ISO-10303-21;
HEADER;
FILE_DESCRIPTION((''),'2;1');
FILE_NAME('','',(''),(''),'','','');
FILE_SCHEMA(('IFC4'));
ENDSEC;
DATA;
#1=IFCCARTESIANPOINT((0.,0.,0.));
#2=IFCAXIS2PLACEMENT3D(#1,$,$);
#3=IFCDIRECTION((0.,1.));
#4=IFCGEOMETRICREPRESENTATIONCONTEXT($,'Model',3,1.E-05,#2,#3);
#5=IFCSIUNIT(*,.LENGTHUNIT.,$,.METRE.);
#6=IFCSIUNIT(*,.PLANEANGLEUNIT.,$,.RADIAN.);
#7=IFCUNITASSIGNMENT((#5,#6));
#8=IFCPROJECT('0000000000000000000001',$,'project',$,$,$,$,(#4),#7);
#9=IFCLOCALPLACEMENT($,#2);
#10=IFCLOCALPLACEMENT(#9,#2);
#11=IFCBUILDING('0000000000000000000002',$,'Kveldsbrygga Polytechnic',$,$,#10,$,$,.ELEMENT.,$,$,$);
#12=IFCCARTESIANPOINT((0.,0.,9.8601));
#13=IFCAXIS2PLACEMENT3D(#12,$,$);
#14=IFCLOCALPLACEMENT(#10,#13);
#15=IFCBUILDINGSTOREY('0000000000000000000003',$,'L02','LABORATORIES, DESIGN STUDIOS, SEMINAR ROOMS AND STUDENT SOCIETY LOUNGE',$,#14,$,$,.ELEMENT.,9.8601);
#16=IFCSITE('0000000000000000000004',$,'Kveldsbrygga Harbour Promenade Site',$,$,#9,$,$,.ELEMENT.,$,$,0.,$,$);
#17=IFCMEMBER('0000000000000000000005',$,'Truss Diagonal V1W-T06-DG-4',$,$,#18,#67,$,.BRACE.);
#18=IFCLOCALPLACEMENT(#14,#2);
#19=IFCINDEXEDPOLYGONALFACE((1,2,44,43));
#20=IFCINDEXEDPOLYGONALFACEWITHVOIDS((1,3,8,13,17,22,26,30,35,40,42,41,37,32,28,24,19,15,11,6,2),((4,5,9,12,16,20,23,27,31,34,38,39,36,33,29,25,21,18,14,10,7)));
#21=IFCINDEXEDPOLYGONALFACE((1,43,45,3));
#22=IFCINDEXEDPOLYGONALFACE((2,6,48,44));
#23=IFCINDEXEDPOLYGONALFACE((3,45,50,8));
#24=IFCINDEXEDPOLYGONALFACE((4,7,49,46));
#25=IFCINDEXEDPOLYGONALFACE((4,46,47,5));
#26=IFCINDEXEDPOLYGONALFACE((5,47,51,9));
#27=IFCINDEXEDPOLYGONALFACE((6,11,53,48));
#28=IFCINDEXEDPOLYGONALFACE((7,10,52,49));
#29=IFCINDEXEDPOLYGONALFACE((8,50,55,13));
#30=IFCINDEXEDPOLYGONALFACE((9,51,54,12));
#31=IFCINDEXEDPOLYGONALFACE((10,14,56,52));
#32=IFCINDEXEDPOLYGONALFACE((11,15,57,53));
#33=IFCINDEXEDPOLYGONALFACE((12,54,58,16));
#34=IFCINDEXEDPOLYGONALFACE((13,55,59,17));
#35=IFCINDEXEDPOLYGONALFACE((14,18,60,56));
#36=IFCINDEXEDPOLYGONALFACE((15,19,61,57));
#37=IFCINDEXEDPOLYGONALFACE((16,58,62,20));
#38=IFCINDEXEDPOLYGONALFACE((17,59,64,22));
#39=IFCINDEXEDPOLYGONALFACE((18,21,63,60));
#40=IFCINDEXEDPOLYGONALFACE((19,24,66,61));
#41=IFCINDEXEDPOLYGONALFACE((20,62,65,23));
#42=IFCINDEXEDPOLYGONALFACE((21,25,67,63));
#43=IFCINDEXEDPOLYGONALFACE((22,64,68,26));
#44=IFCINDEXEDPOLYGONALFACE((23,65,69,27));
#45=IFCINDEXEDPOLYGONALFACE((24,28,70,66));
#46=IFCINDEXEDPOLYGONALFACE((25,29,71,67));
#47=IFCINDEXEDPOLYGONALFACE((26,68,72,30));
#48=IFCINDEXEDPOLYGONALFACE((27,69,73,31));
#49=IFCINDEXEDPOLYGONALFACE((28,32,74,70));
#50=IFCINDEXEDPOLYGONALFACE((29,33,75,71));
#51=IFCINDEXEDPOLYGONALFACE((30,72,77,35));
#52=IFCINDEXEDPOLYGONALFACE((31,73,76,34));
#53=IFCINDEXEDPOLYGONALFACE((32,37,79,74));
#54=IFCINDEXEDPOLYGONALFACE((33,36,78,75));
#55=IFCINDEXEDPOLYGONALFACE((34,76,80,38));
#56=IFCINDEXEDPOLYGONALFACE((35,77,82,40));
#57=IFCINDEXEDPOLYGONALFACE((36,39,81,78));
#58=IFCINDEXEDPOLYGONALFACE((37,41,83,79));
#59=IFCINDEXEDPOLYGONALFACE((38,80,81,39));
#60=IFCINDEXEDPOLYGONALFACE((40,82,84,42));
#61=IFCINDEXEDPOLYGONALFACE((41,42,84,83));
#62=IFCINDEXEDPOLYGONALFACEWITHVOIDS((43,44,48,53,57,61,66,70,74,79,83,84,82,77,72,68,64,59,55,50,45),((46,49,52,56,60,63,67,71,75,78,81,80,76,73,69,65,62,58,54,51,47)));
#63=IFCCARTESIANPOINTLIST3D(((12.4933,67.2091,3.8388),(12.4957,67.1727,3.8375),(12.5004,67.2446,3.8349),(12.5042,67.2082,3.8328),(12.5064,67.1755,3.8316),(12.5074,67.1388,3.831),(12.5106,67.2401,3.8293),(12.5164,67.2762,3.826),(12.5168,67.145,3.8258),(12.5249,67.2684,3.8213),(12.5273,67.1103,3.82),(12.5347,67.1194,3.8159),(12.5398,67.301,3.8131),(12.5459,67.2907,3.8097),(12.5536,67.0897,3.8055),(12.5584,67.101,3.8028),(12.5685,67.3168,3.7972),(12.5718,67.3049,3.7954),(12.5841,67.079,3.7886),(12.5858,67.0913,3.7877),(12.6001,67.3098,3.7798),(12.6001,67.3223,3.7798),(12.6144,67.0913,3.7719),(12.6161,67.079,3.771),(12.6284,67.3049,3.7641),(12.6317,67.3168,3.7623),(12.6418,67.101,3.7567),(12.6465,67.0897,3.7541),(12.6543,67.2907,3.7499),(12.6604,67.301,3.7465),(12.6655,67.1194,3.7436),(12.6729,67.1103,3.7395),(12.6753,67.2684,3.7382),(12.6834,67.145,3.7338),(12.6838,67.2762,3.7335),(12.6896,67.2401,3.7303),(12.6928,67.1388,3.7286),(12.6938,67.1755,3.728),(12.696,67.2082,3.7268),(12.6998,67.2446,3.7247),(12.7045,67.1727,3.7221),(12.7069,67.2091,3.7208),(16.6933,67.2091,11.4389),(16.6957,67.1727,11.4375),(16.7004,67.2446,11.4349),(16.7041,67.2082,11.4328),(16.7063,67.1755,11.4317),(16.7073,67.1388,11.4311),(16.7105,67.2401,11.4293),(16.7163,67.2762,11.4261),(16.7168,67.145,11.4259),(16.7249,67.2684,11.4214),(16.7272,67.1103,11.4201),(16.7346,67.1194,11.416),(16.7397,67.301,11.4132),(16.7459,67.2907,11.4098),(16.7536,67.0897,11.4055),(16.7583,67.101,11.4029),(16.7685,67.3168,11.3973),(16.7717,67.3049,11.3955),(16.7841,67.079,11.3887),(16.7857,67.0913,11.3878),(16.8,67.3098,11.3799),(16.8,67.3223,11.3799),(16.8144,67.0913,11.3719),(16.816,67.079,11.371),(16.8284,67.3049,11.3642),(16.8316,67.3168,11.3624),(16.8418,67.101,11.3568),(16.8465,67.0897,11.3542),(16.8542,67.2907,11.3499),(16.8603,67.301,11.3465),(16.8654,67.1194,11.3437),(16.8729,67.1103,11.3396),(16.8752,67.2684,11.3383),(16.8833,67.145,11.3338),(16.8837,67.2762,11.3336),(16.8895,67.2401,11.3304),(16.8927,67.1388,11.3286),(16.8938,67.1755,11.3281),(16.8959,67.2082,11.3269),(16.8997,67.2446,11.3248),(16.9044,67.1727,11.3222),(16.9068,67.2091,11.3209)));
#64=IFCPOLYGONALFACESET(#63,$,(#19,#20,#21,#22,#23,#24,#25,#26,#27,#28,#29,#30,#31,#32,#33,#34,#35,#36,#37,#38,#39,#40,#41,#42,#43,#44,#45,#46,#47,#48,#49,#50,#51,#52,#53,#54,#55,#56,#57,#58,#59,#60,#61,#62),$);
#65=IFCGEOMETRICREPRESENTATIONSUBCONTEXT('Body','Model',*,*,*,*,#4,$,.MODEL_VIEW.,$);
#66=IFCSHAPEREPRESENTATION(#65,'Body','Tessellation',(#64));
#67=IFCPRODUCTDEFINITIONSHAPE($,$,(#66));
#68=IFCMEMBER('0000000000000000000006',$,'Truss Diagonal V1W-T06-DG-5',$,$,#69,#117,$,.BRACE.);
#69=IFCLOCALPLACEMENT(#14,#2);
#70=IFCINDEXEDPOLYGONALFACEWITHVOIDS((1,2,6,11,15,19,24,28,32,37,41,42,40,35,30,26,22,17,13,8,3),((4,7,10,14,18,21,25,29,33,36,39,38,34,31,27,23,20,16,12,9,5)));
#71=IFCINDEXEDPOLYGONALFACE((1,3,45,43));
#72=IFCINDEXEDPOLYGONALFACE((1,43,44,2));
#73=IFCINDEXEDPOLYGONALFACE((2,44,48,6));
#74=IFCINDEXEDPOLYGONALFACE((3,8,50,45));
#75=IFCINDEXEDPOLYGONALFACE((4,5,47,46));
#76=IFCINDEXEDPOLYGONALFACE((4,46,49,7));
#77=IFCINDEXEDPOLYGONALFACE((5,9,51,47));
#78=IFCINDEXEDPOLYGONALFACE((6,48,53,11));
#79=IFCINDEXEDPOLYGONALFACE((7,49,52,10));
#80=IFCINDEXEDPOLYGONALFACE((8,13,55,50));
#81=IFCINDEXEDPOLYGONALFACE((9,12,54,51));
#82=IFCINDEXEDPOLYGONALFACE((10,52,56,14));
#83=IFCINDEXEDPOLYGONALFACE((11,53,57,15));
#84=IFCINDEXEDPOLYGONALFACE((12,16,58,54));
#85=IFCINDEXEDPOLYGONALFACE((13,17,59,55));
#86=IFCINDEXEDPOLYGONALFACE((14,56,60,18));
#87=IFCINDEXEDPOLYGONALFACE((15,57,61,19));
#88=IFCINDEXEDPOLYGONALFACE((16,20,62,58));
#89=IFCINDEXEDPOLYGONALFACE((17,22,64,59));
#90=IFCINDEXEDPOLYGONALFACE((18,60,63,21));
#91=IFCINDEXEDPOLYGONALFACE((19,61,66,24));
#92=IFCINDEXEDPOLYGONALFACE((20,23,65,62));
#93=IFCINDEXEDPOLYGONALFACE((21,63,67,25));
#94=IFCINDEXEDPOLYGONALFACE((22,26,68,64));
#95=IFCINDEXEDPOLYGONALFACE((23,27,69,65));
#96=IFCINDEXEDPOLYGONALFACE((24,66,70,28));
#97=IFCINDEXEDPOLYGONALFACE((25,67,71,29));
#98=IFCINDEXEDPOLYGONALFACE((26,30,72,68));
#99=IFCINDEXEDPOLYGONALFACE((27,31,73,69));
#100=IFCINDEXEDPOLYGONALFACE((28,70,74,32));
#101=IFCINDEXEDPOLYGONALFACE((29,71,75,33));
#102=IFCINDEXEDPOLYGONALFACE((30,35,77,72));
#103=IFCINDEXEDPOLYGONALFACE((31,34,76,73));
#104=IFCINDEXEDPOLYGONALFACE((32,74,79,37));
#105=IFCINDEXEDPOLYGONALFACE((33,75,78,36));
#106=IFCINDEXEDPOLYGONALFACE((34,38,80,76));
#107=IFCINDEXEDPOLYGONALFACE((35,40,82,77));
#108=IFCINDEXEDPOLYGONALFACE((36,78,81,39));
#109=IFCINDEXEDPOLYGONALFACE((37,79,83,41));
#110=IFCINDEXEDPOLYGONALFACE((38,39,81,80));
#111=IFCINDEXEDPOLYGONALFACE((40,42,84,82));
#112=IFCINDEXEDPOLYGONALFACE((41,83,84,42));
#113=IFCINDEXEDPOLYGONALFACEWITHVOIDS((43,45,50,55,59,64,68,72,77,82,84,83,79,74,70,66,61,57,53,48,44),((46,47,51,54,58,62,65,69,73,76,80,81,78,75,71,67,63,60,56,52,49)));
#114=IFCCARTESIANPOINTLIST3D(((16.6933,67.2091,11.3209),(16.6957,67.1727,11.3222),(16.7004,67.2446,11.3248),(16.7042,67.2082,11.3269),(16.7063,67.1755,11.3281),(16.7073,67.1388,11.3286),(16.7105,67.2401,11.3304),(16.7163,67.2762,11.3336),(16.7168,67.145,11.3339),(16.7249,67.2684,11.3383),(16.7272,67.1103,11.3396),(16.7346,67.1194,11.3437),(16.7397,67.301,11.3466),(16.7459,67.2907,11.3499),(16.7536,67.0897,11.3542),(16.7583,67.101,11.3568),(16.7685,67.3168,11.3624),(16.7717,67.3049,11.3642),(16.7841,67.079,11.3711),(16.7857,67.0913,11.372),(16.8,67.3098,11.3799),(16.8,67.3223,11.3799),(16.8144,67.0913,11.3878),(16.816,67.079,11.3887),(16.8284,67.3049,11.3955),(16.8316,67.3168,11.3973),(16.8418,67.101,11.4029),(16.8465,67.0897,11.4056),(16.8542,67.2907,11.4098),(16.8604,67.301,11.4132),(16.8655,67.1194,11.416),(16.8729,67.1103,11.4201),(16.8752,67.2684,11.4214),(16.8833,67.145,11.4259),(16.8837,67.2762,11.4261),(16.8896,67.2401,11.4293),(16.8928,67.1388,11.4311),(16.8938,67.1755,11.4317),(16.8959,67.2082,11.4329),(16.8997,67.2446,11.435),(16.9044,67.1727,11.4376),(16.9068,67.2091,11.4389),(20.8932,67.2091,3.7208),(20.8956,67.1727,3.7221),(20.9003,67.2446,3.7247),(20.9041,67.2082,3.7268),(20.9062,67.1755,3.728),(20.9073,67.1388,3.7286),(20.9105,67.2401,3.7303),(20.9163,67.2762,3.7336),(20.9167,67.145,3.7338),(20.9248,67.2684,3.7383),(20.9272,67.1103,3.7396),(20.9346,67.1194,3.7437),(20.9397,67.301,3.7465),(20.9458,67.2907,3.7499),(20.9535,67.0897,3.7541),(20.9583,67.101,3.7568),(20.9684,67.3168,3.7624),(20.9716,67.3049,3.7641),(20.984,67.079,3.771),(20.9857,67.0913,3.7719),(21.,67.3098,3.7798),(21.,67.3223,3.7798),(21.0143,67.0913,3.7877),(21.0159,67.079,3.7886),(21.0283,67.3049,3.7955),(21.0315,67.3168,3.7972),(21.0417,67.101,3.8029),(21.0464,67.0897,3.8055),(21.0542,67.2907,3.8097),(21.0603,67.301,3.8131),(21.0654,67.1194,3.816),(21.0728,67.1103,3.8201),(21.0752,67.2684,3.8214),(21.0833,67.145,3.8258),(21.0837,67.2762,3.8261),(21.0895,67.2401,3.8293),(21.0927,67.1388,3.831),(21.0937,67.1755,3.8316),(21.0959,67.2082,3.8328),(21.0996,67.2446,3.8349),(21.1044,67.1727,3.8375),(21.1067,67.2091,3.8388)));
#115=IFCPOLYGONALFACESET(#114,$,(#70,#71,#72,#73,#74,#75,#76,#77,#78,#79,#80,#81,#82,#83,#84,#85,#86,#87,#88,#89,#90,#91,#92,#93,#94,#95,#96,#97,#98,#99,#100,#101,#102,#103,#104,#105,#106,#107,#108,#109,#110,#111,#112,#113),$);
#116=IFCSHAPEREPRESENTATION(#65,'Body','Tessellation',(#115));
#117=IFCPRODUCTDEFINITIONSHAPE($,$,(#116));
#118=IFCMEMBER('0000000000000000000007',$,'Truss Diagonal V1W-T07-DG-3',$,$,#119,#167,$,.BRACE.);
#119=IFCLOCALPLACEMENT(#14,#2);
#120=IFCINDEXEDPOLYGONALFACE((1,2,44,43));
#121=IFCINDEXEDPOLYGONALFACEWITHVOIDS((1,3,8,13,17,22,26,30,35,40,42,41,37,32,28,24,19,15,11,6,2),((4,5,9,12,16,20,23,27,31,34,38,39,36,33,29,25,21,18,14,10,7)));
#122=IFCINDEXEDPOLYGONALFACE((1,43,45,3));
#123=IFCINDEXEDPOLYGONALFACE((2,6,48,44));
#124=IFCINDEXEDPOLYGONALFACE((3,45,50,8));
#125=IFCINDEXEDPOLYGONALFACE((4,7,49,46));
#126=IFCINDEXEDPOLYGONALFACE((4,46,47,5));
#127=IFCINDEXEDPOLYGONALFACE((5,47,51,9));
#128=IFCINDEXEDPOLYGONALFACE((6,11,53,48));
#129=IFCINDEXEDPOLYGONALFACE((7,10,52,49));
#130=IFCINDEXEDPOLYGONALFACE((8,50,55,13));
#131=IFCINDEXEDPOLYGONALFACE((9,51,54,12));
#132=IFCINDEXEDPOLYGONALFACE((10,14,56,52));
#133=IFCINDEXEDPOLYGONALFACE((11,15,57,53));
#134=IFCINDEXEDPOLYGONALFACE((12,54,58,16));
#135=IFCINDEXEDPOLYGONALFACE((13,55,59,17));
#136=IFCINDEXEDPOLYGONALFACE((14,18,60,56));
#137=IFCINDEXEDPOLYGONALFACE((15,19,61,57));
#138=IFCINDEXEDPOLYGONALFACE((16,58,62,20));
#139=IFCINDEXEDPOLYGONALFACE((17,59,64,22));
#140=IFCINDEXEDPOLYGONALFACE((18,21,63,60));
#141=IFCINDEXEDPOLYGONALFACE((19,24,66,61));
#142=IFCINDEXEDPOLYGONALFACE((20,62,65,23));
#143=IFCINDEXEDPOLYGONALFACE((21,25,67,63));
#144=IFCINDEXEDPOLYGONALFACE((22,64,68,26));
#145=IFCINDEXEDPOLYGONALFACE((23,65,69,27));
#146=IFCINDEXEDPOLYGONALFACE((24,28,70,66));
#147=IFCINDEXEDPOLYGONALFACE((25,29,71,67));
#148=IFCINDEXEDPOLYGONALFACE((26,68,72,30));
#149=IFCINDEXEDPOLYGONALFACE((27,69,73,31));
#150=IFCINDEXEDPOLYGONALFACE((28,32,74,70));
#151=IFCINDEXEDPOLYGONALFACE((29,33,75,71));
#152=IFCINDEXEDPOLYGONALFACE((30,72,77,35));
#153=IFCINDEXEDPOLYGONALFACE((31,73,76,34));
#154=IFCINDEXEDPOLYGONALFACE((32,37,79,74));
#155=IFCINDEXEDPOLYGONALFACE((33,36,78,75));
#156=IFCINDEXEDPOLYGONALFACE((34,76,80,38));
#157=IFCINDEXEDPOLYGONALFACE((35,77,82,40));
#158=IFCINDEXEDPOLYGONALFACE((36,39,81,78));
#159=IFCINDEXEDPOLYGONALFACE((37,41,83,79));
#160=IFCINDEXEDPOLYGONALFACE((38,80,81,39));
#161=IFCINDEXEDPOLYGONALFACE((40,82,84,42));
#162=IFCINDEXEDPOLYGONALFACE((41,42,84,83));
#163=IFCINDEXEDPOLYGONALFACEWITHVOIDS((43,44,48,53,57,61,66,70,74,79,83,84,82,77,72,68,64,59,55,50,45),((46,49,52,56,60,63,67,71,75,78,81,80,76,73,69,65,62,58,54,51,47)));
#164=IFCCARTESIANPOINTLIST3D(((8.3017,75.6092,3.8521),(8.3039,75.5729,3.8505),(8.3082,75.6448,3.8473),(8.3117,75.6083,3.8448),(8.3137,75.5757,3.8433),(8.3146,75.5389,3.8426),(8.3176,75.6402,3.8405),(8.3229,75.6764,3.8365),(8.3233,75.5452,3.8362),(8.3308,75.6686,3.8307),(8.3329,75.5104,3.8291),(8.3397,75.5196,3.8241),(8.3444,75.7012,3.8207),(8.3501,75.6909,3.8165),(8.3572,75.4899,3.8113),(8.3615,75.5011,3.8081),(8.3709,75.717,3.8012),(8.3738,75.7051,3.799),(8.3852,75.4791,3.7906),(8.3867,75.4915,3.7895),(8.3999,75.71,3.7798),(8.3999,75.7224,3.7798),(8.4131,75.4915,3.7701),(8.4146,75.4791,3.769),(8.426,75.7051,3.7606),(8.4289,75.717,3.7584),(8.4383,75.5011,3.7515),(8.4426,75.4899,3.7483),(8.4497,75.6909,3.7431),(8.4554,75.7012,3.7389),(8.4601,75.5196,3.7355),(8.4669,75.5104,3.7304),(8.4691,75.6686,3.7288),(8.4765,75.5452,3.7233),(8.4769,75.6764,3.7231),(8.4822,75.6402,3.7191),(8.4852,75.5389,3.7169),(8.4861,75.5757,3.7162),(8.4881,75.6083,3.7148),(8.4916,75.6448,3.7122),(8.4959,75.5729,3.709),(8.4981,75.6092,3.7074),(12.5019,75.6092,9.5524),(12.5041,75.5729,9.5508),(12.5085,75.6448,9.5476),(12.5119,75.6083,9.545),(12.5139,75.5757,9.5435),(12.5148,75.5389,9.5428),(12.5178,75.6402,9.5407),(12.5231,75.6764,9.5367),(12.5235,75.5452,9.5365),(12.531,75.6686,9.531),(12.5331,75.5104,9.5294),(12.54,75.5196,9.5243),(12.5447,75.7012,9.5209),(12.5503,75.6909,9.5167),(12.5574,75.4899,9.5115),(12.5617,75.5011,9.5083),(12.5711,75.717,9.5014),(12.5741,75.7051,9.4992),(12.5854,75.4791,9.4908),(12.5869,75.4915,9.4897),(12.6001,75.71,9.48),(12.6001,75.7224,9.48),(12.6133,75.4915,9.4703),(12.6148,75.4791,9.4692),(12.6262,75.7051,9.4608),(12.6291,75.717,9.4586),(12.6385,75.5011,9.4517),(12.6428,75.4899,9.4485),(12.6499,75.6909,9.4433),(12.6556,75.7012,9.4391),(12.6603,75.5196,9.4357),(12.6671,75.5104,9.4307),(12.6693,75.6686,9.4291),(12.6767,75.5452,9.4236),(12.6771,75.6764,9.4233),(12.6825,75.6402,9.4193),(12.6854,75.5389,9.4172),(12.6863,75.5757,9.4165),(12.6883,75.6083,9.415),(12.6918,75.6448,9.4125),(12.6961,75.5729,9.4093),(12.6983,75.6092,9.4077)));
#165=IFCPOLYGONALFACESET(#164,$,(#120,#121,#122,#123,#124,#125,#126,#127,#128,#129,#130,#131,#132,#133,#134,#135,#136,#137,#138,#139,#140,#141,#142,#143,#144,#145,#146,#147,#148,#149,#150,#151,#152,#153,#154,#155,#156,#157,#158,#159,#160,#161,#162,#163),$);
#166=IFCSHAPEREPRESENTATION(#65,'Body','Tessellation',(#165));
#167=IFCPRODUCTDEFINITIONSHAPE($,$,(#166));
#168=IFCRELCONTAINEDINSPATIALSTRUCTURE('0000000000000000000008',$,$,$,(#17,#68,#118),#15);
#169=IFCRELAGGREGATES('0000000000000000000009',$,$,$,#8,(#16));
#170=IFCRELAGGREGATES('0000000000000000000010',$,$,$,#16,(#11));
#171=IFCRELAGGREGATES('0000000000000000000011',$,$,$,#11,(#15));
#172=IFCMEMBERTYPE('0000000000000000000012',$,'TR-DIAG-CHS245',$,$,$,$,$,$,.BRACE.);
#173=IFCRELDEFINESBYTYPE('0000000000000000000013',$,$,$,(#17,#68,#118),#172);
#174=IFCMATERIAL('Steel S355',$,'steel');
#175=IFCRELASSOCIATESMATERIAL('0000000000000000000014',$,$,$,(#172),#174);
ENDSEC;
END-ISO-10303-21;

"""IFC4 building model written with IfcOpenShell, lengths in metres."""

from ifc_helpers import new_model, si_unit, direction, frame, origin, origin_2d, place, context, subcontext, project, spatial, hollow_circle, extrude, material, material_profile, profile_set, type_object, element, save


model = new_model("IFC4")

# Units and contexts
model_context = context("Model", 3, precision=1e-05, world=origin(), true_north=direction((0.0, 1.0)))
body_context = subcontext(model_context, "Body", "Model", "MODEL_VIEW")
ifc_project = project(units=[si_unit("LENGTHUNIT", "METRE"), si_unit("PLANEANGLEUNIT", "RADIAN")], contexts=[model_context])

# Site, building, storey
site_placement = place(None, origin())
site = spatial("IfcSite", under=ifc_project, at=site_placement, Name="Kveldsbrygga Harbour Promenade Site", CompositionType="ELEMENT", RefElevation=0.0)
building_placement = place(site_placement, origin())
building = spatial("IfcBuilding", under=site, at=building_placement, Name="Kveldsbrygga Polytechnic", CompositionType="ELEMENT")
storey_placement = place(building_placement, frame((0.0, 0.0, 9.8601)))
storey = spatial("IfcBuildingStorey", under=building, at=storey_placement, Name="L02", Description="LABORATORIES, DESIGN STUDIOS, SEMINAR ROOMS AND STUDENT SOCIETY LOUNGE", CompositionType="ELEMENT", Elevation=9.8601)

# Members
ifc_material_1 = material(Name="Steel S355", Category="steel")
ifc_material_profile_1 = material_profile(ifc_material_1, hollow_circle(Radius=0.1223, WallThickness=0.0125, at=origin_2d()), Name="CHS 244.5x12.5")
ifc_profile_set_1 = profile_set([ifc_material_profile_1], Name="Steel S355")
member_type_1 = type_object("IfcMemberType", Name="TR-DIAG-CHS245", PredefinedType="BRACE", material=ifc_profile_set_1)
for number, where, z_axis, x_axis, name in (
    (1, (12.6001, 67.2, 3.7798), (0.483677, 0.0, 0.875247), (0.0, 1.0, 0.0), "Truss Diagonal V1W-T06-DG-4"),
    (2, (16.8, 67.2, 11.3799), (0.483677, 0.0, -0.875247), (0.0, 1.0, 0.0), "Truss Diagonal V1W-T06-DG-5"),
):
    element("IfcMember", number, at=place(storey_placement, frame(where, z_axis=z_axis, x_axis=x_axis)), inside=storey, type_object=member_type_1, Name=name, PredefinedType="BRACE", context=body_context, shape_type="SweptSolid", body=[
        extrude(hollow_circle(Radius=0.1223, WallThickness=0.0125, at=origin_2d()), origin(), (0.0, 0.0, 1.0), 8.6833),
    ])
member_1_placement = place(storey_placement, frame((8.3999, 75.6001, 3.7798), z_axis=(0.593204, 0.0, 0.805052), x_axis=(0.0, 1.0, 0.0)))
element("IfcMember", 3, at=member_1_placement, inside=storey, type_object=member_type_1, Name="Truss Diagonal V1W-T07-DG-3", PredefinedType="BRACE", context=body_context, shape_type="SweptSolid", body=[
    extrude(hollow_circle(Radius=0.1223, WallThickness=0.0125, at=origin_2d()), origin(), (0.0, 0.0, 1.0), 7.0806),
])

save(model, "model.ifc")
